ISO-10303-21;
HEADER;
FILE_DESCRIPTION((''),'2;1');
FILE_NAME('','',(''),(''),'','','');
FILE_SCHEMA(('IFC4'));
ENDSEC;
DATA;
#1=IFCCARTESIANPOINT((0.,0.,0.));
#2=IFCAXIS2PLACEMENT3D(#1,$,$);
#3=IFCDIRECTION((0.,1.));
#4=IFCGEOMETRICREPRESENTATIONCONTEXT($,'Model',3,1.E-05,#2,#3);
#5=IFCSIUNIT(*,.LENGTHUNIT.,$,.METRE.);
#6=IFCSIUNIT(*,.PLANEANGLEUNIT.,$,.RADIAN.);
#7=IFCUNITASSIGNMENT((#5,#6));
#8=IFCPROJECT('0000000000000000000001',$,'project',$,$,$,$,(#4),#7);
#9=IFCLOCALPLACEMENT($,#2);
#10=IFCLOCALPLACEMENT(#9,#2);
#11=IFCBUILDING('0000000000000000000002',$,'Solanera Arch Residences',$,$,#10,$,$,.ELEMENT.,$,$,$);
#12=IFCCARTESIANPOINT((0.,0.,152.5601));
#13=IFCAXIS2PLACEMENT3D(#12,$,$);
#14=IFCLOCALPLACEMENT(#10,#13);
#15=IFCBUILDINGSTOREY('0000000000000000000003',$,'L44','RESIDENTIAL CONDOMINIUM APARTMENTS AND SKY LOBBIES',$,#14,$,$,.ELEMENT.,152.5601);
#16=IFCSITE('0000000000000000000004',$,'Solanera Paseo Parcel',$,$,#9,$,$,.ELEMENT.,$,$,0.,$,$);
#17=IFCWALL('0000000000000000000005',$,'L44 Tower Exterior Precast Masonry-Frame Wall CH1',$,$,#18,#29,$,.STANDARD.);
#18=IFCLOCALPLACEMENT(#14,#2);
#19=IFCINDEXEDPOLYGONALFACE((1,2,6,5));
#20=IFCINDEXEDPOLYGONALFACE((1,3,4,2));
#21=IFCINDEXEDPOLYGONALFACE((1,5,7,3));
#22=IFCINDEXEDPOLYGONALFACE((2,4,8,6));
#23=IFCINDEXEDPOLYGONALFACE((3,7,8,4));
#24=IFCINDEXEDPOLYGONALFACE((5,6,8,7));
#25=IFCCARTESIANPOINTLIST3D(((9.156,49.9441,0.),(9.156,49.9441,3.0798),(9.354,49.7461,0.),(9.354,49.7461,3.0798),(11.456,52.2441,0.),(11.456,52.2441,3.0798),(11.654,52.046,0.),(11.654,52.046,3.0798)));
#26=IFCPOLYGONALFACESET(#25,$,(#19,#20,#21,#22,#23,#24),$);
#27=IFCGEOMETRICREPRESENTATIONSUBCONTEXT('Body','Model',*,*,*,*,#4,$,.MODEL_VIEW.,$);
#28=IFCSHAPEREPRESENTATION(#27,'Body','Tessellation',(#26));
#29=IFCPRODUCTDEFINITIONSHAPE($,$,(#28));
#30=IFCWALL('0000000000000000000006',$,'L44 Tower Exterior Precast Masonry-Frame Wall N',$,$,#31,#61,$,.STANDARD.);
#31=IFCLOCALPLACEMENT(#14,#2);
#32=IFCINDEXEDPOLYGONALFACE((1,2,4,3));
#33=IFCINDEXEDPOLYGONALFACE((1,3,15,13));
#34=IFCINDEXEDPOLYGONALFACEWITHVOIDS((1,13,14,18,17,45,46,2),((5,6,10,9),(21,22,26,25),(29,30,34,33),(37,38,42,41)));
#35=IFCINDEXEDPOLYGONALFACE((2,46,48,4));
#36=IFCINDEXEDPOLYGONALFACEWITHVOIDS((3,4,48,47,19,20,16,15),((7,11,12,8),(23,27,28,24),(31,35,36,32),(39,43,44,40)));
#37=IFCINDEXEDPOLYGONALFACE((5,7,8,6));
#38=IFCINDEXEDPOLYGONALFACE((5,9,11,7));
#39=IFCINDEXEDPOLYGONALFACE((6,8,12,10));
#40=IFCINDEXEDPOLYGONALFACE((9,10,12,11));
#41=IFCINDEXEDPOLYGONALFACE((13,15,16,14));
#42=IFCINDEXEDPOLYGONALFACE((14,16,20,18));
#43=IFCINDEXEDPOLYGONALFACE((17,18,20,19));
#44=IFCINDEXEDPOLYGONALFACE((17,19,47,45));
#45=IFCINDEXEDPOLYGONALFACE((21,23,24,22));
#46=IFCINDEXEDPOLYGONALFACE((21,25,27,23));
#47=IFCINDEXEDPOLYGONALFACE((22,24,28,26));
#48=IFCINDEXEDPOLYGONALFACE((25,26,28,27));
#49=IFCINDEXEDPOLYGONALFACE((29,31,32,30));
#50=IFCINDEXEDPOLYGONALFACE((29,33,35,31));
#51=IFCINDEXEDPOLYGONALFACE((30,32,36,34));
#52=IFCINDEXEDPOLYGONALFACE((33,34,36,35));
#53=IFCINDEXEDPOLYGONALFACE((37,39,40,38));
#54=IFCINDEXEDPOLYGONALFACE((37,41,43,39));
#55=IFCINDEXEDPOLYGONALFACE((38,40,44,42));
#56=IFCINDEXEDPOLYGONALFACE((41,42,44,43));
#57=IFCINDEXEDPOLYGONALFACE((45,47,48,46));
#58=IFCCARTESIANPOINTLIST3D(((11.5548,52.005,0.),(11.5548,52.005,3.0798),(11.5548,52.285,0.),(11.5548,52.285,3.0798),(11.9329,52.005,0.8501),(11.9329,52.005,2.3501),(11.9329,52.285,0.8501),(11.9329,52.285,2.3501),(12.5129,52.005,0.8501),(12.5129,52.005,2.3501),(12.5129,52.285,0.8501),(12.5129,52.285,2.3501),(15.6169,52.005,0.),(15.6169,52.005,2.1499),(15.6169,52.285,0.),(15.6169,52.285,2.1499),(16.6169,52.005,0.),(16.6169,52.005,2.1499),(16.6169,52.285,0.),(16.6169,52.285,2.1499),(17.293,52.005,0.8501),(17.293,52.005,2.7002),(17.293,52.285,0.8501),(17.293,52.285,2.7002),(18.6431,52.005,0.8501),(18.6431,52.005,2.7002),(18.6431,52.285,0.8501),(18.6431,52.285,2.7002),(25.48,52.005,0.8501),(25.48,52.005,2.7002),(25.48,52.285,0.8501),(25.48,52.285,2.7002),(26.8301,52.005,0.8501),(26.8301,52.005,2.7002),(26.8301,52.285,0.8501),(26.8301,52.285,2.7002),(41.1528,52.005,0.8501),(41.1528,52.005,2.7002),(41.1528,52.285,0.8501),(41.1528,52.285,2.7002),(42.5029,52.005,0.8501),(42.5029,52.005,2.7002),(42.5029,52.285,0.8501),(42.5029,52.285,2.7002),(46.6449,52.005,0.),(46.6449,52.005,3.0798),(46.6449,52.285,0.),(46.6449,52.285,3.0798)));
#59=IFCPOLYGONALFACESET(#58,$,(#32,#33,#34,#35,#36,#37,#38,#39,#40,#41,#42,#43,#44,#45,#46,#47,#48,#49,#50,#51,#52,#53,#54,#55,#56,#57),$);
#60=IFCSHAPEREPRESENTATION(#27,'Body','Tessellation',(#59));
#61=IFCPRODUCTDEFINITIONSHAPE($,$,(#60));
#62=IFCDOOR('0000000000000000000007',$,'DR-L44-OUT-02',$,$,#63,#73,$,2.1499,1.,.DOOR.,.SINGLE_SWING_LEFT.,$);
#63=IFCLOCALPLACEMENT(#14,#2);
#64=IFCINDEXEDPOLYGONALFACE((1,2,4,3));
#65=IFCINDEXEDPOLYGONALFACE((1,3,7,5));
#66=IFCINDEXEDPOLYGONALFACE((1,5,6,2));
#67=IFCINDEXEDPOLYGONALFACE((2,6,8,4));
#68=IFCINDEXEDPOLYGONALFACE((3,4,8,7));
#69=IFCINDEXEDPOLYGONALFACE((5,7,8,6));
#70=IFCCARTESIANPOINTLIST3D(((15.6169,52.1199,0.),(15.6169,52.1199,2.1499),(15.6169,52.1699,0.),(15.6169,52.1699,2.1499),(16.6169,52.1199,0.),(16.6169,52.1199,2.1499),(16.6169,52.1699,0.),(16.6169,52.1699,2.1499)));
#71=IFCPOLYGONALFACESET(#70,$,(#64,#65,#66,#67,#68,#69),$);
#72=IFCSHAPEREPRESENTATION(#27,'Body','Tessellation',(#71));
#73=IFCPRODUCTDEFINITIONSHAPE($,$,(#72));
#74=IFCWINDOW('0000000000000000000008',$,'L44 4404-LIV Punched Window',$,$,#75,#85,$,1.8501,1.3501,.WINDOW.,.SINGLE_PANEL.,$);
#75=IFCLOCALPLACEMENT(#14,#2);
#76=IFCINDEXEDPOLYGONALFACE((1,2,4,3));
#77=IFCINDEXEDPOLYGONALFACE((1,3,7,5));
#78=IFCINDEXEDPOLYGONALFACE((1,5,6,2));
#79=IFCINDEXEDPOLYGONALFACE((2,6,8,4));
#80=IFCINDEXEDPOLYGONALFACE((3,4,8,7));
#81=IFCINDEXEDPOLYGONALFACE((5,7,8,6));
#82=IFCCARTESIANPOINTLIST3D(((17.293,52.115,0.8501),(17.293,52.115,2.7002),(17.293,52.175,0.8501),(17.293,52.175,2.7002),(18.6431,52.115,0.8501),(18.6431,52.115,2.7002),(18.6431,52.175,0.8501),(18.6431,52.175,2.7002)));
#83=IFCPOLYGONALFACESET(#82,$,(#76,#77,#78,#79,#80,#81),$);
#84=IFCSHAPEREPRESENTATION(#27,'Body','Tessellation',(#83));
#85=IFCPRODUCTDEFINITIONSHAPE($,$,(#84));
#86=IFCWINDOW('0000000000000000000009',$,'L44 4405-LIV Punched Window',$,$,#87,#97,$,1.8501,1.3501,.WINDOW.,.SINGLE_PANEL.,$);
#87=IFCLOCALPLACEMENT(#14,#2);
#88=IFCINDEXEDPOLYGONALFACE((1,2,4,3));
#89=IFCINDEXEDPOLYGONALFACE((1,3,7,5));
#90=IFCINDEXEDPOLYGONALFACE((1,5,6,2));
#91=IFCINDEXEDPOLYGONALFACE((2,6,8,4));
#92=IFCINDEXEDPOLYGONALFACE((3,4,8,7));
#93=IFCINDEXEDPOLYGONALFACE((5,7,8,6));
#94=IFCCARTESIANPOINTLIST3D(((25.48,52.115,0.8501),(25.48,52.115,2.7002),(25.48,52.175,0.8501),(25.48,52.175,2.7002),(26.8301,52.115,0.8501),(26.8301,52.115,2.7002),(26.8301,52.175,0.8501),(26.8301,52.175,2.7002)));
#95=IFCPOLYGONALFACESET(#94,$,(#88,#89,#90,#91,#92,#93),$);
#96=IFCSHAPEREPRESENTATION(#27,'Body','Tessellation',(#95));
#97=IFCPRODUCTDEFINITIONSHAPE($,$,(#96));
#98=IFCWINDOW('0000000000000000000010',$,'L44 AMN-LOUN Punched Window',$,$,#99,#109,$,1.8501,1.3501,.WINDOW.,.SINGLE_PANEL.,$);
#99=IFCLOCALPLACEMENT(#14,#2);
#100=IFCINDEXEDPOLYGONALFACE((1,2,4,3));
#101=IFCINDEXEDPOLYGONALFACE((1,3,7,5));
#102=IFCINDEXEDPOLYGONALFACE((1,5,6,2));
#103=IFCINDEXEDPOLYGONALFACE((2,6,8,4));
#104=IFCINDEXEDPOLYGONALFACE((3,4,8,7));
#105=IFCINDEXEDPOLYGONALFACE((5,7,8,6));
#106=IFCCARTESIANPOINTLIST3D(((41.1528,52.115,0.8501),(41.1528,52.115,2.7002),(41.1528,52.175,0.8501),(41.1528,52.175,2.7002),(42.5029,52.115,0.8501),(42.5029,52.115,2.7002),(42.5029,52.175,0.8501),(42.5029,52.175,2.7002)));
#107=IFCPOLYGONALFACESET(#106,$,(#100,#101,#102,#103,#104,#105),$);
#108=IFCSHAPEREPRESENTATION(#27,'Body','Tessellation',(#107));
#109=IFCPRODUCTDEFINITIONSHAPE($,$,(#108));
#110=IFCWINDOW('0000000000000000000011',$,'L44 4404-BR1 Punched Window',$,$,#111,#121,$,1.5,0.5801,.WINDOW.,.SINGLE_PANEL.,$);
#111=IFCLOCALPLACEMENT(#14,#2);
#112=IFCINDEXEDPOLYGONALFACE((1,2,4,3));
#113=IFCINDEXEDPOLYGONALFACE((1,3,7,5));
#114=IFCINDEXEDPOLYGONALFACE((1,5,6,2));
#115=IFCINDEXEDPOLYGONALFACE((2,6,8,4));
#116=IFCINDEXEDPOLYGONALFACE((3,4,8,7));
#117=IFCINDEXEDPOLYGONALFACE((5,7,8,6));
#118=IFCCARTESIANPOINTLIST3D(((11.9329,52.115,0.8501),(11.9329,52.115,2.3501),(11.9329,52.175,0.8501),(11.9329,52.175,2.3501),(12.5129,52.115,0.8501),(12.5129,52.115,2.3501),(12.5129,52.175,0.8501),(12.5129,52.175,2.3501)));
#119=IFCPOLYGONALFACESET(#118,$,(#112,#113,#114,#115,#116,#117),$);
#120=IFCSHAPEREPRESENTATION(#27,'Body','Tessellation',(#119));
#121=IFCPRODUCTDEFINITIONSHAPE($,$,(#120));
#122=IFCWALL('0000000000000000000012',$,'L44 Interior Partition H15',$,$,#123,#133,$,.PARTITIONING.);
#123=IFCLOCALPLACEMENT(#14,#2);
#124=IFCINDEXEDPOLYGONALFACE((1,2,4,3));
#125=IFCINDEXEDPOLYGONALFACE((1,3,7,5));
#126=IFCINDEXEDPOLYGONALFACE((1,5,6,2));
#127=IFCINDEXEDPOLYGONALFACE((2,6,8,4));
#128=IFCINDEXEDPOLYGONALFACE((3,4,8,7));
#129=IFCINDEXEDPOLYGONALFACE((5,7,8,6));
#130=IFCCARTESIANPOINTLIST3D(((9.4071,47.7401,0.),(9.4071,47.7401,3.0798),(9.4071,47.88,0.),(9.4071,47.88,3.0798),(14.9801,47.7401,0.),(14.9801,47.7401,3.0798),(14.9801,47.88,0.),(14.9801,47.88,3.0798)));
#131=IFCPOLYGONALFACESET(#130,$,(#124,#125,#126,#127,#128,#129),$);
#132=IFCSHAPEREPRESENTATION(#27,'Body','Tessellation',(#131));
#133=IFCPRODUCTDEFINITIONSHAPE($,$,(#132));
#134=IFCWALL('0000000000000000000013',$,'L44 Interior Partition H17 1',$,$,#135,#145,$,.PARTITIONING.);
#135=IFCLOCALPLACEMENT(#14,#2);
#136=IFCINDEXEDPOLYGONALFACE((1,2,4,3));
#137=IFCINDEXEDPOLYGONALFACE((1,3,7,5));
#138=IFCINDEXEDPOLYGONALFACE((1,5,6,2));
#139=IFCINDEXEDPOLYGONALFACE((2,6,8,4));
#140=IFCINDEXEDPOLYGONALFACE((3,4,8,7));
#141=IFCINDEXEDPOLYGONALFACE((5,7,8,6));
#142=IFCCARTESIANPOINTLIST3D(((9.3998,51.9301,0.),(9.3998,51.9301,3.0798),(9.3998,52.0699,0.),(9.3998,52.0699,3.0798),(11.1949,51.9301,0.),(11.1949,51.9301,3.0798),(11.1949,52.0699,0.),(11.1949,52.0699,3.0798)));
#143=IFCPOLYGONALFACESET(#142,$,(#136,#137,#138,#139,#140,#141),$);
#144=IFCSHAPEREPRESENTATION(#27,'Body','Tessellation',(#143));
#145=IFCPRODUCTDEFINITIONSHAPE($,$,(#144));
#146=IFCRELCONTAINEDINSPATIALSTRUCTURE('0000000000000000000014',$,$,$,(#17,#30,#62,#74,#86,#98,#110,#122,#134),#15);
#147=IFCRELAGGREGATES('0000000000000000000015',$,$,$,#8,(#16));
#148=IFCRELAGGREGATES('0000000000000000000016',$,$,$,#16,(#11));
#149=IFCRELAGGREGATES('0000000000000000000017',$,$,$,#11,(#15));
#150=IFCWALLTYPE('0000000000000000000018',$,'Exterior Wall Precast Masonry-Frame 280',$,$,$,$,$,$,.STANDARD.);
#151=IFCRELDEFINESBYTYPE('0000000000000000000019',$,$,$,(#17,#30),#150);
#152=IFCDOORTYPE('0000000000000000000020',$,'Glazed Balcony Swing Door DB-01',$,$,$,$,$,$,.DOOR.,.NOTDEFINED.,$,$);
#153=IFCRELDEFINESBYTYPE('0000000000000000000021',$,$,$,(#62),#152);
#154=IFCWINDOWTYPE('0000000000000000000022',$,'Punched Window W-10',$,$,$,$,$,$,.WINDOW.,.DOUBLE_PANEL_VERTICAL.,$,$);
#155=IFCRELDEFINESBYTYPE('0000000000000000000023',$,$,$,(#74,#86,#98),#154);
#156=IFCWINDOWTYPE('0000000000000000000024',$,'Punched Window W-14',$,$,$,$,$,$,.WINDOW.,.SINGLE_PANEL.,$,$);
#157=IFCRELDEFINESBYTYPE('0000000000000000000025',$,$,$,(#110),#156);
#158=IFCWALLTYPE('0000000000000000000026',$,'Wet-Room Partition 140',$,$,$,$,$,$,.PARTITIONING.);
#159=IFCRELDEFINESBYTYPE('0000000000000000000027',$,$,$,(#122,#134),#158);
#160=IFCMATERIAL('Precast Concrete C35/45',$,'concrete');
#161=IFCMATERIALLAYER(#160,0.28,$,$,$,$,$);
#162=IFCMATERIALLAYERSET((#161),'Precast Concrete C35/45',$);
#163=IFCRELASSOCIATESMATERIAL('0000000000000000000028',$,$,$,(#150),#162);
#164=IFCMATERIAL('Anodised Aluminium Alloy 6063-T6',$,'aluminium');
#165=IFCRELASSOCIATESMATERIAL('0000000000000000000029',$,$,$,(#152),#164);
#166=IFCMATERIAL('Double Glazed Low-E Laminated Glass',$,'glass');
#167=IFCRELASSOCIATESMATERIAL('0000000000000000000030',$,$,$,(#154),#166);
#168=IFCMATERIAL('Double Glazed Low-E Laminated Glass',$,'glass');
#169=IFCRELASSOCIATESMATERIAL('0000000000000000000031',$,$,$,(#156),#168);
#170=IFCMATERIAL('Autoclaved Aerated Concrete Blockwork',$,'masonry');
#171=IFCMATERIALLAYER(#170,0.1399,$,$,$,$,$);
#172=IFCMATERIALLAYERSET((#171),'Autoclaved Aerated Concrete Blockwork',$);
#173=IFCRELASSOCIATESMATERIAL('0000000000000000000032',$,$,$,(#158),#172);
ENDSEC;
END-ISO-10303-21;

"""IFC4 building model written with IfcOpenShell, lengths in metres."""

from ifc_helpers import new_model, si_unit, direction, frame, frame_2d, origin, place, context, subcontext, project, spatial, rectangle, extrude, material, layer, layer_set, type_object, element, fill, save


model = new_model("IFC4")

# Units and contexts
model_context = context("Model", 3, precision=1e-05, world=origin(), true_north=direction((0.0, 1.0)))
body_context = subcontext(model_context, "Body", "Model", "MODEL_VIEW")
ifc_project = project(units=[si_unit("LENGTHUNIT", "METRE"), si_unit("PLANEANGLEUNIT", "RADIAN")], contexts=[model_context])

# Site, building, storey
site_placement = place(None, origin())
site = spatial("IfcSite", under=ifc_project, at=site_placement, Name="Solanera Paseo Parcel", CompositionType="ELEMENT", RefElevation=0.0)
building_placement = place(site_placement, origin())
building = spatial("IfcBuilding", under=site, at=building_placement, Name="Solanera Arch Residences", CompositionType="ELEMENT")
storey_placement = place(building_placement, frame((0.0, 0.0, 152.5601)))
storey = spatial("IfcBuildingStorey", under=building, at=storey_placement, Name="L44", Description="RESIDENTIAL CONDOMINIUM APARTMENTS AND SKY LOBBIES", CompositionType="ELEMENT", Elevation=152.5601)

# Wall
ifc_material_1 = material(Name="Precast Concrete C35/45", Category="concrete")
ifc_layer_1 = layer(ifc_material_1, 0.28)
ifc_layer_set_1 = layer_set([ifc_layer_1], Name="Precast Concrete C35/45")
wall_type_1 = type_object("IfcWallType", Name="Exterior Wall Precast Masonry-Frame 280", PredefinedType="STANDARD", material=ifc_layer_set_1)
wall_1_placement = place(storey_placement, frame((9.2549, 49.845, 0.0), z_axis=(0.0, 0.0, 1.0), x_axis=(0.707107, 0.707107, 0.0)))
element("IfcWall", 1, at=wall_1_placement, inside=storey, type_object=wall_type_1, Name="L44 Tower Exterior Precast Masonry-Frame Wall CH1", PredefinedType="STANDARD", context=body_context, shape_type="SweptSolid", body=[
    extrude(rectangle(XDim=3.2527, YDim=0.28, at=frame_2d((1.6265, 0.0))), origin(), (0.0, 0.0, 1.0), 3.0798),
])

# Wall, openings, door, windows
wall_2_placement = place(storey_placement, frame((11.5549, 52.145, 0.0), z_axis=(0.0, 0.0, 1.0), x_axis=(1.0, 0.0, 0.0)))
wall_2 = element("IfcWall", 2, at=wall_2_placement, inside=storey, type_object=wall_type_1, Name="L44 Tower Exterior Precast Masonry-Frame Wall N", PredefinedType="STANDARD", context=body_context, shape_type="SweptSolid", body=[
    extrude(rectangle(XDim=35.0901, YDim=0.28, at=frame_2d((17.5449, 0.0))), origin(), (0.0, 0.0, 1.0), 3.0798),
])
opening_1_placement = place(wall_2_placement, frame((4.062, 0.0, 0.0)))
opening_1 = element("IfcOpeningElement", 3, at=opening_1_placement, cuts=wall_2, PredefinedType="OPENING", context=body_context, shape_type="SweptSolid", body=[
    extrude(rectangle(XDim=1.0, YDim=2.1499, at=frame_2d((0.5, 1.075))), frame((0.0, 0.1499, 0.0), z_axis=(0.0, -1.0, 0.0), x_axis=(1.0, 0.0, 0.0)), (0.0, 0.0, 1.0), 0.3),
])
opening_2_placement = place(wall_2_placement, frame((5.738, 0.0, 0.8501)))
opening_2 = element("IfcOpeningElement", 4, at=opening_2_placement, cuts=wall_2, PredefinedType="OPENING", context=body_context, shape_type="SweptSolid", body=[
    extrude(rectangle(XDim=1.3501, YDim=1.8501, at=frame_2d((0.675, 0.925))), frame((0.0, 0.1499, 0.0), z_axis=(0.0, -1.0, 0.0), x_axis=(1.0, 0.0, 0.0)), (0.0, 0.0, 1.0), 0.3),
])
opening_3_placement = place(wall_2_placement, frame((0.3779, 0.0, 0.8501)))
opening_3 = element("IfcOpeningElement", 5, at=opening_3_placement, cuts=wall_2, PredefinedType="OPENING", context=body_context, shape_type="SweptSolid", body=[
    extrude(rectangle(XDim=0.5801, YDim=1.5, at=frame_2d((0.29, 0.75))), frame((0.0, 0.1499, 0.0), z_axis=(0.0, -1.0, 0.0), x_axis=(1.0, 0.0, 0.0)), (0.0, 0.0, 1.0), 0.3),
])
opening_4_placement = place(wall_2_placement, frame((13.925, 0.0, 0.8501)))
opening_4 = element("IfcOpeningElement", 6, at=opening_4_placement, cuts=wall_2, PredefinedType="OPENING", context=body_context, shape_type="SweptSolid", body=[
    extrude(rectangle(XDim=1.3501, YDim=1.8501, at=frame_2d((0.675, 0.925))), frame((0.0, 0.1499, 0.0), z_axis=(0.0, -1.0, 0.0), x_axis=(1.0, 0.0, 0.0)), (0.0, 0.0, 1.0), 0.3),
])
opening_5_placement = place(wall_2_placement, frame((29.5979, 0.0, 0.8501)))
opening_5 = element("IfcOpeningElement", 7, at=opening_5_placement, cuts=wall_2, PredefinedType="OPENING", context=body_context, shape_type="SweptSolid", body=[
    extrude(rectangle(XDim=1.3501, YDim=1.8501, at=frame_2d((0.675, 0.925))), frame((0.0, 0.1499, 0.0), z_axis=(0.0, -1.0, 0.0), x_axis=(1.0, 0.0, 0.0)), (0.0, 0.0, 1.0), 0.3),
])
ifc_material_2 = material(Name="Anodised Aluminium Alloy 6063-T6", Category="aluminium")
door_type_1 = type_object("IfcDoorType", Name="Glazed Balcony Swing Door DB-01", OperationType="NOTDEFINED", PredefinedType="DOOR", material=ifc_material_2)
door_1_placement = place(opening_1_placement, origin())
door_1 = element("IfcDoor", 8, at=door_1_placement, inside=storey, type_object=door_type_1, Name="DR-L44-OUT-02", OperationType="SINGLE_SWING_LEFT", OverallHeight=2.1499, OverallWidth=1.0, PredefinedType="DOOR", context=body_context, shape_type="SweptSolid", body=[
    extrude(rectangle(XDim=1.0, YDim=2.1499, at=frame_2d((0.5, 1.075))), frame((0.0, 0.0249, 0.0), z_axis=(0.0, -1.0, 0.0), x_axis=(1.0, 0.0, 0.0)), (0.0, 0.0, 1.0), 0.05),
])
fill(opening_1, door_1)
ifc_material_3 = material(Name="Double Glazed Low-E Laminated Glass", Category="glass")
window_type_1 = type_object("IfcWindowType", Name="Punched Window W-10", PartitioningType="DOUBLE_PANEL_VERTICAL", PredefinedType="WINDOW", material=ifc_material_3)
window_1_placement = place(opening_2_placement, origin())
window_1 = element("IfcWindow", 9, at=window_1_placement, inside=storey, type_object=window_type_1, Name="L44 4404-LIV Punched Window", OverallHeight=1.8501, OverallWidth=1.3501, PartitioningType="SINGLE_PANEL", PredefinedType="WINDOW", context=body_context, shape_type="SweptSolid", body=[
    extrude(rectangle(XDim=1.3501, YDim=1.8501, at=frame_2d((0.675, 0.925))), frame((0.0, 0.03, 0.0), z_axis=(0.0, -1.0, 0.0), x_axis=(1.0, 0.0, 0.0)), (0.0, 0.0, 1.0), 0.0601),
])
fill(opening_2, window_1)
window_2_placement = place(opening_4_placement, origin())
window_2 = element("IfcWindow", 10, at=window_2_placement, inside=storey, type_object=window_type_1, Name="L44 4405-LIV Punched Window", OverallHeight=1.8501, OverallWidth=1.3501, PartitioningType="SINGLE_PANEL", PredefinedType="WINDOW", context=body_context, shape_type="SweptSolid", body=[
    extrude(rectangle(XDim=1.3501, YDim=1.8501, at=frame_2d((0.675, 0.925))), frame((0.0, 0.03, 0.0), z_axis=(0.0, -1.0, 0.0), x_axis=(1.0, 0.0, 0.0)), (0.0, 0.0, 1.0), 0.0601),
])
fill(opening_4, window_2)
window_3_placement = place(opening_5_placement, origin())
window_3 = element("IfcWindow", 11, at=window_3_placement, inside=storey, type_object=window_type_1, Name="L44 AMN-LOUN Punched Window", OverallHeight=1.8501, OverallWidth=1.3501, PartitioningType="SINGLE_PANEL", PredefinedType="WINDOW", context=body_context, shape_type="SweptSolid", body=[
    extrude(rectangle(XDim=1.3501, YDim=1.8501, at=frame_2d((0.675, 0.925))), frame((0.0, 0.03, 0.0), z_axis=(0.0, -1.0, 0.0), x_axis=(1.0, 0.0, 0.0)), (0.0, 0.0, 1.0), 0.0601),
])
fill(opening_5, window_3)
ifc_material_4 = material(Name="Double Glazed Low-E Laminated Glass", Category="glass")
window_type_2 = type_object("IfcWindowType", Name="Punched Window W-14", PartitioningType="SINGLE_PANEL", PredefinedType="WINDOW", material=ifc_material_4)
window_4_placement = place(opening_3_placement, origin())
window_4 = element("IfcWindow", 12, at=window_4_placement, inside=storey, type_object=window_type_2, Name="L44 4404-BR1 Punched Window", OverallHeight=1.5, OverallWidth=0.5801, PartitioningType="SINGLE_PANEL", PredefinedType="WINDOW", context=body_context, shape_type="SweptSolid", body=[
    extrude(rectangle(XDim=0.5801, YDim=1.5, at=frame_2d((0.29, 0.75))), frame((0.0, 0.03, 0.0), z_axis=(0.0, -1.0, 0.0), x_axis=(1.0, 0.0, 0.0)), (0.0, 0.0, 1.0), 0.0601),
])
fill(opening_3, window_4)

# Walls
ifc_material_5 = material(Name="Autoclaved Aerated Concrete Blockwork", Category="masonry")
ifc_layer_2 = layer(ifc_material_5, 0.1399)
ifc_layer_set_2 = layer_set([ifc_layer_2], Name="Autoclaved Aerated Concrete Blockwork")
wall_type_2 = type_object("IfcWallType", Name="Wet-Room Partition 140", PredefinedType="PARTITIONING", material=ifc_layer_set_2)
wall_3_placement = place(storey_placement, frame((9.407, 47.8101, 0.0), z_axis=(0.0, 0.0, 1.0), x_axis=(1.0, 0.0, 0.0)))
element("IfcWall", 13, at=wall_3_placement, inside=storey, type_object=wall_type_2, Name="L44 Interior Partition H15", PredefinedType="PARTITIONING", context=body_context, shape_type="SweptSolid", body=[
    extrude(rectangle(XDim=5.573, YDim=0.1399, at=frame_2d((2.7866, 0.0))), origin(), (0.0, 0.0, 1.0), 3.0798),
])
wall_4_placement = place(storey_placement, frame((9.3999, 52.0, 0.0), z_axis=(0.0, 0.0, 1.0), x_axis=(1.0, 0.0, 0.0)))
element("IfcWall", 14, at=wall_4_placement, inside=storey, type_object=wall_type_2, Name="L44 Interior Partition H17 1", PredefinedType="PARTITIONING", context=body_context, shape_type="SweptSolid", body=[
    extrude(rectangle(XDim=1.7952, YDim=0.1399, at=frame_2d((0.8975, 0.0))), origin(), (0.0, 0.0, 1.0), 3.0798),
])

save(model, "model.ifc")
